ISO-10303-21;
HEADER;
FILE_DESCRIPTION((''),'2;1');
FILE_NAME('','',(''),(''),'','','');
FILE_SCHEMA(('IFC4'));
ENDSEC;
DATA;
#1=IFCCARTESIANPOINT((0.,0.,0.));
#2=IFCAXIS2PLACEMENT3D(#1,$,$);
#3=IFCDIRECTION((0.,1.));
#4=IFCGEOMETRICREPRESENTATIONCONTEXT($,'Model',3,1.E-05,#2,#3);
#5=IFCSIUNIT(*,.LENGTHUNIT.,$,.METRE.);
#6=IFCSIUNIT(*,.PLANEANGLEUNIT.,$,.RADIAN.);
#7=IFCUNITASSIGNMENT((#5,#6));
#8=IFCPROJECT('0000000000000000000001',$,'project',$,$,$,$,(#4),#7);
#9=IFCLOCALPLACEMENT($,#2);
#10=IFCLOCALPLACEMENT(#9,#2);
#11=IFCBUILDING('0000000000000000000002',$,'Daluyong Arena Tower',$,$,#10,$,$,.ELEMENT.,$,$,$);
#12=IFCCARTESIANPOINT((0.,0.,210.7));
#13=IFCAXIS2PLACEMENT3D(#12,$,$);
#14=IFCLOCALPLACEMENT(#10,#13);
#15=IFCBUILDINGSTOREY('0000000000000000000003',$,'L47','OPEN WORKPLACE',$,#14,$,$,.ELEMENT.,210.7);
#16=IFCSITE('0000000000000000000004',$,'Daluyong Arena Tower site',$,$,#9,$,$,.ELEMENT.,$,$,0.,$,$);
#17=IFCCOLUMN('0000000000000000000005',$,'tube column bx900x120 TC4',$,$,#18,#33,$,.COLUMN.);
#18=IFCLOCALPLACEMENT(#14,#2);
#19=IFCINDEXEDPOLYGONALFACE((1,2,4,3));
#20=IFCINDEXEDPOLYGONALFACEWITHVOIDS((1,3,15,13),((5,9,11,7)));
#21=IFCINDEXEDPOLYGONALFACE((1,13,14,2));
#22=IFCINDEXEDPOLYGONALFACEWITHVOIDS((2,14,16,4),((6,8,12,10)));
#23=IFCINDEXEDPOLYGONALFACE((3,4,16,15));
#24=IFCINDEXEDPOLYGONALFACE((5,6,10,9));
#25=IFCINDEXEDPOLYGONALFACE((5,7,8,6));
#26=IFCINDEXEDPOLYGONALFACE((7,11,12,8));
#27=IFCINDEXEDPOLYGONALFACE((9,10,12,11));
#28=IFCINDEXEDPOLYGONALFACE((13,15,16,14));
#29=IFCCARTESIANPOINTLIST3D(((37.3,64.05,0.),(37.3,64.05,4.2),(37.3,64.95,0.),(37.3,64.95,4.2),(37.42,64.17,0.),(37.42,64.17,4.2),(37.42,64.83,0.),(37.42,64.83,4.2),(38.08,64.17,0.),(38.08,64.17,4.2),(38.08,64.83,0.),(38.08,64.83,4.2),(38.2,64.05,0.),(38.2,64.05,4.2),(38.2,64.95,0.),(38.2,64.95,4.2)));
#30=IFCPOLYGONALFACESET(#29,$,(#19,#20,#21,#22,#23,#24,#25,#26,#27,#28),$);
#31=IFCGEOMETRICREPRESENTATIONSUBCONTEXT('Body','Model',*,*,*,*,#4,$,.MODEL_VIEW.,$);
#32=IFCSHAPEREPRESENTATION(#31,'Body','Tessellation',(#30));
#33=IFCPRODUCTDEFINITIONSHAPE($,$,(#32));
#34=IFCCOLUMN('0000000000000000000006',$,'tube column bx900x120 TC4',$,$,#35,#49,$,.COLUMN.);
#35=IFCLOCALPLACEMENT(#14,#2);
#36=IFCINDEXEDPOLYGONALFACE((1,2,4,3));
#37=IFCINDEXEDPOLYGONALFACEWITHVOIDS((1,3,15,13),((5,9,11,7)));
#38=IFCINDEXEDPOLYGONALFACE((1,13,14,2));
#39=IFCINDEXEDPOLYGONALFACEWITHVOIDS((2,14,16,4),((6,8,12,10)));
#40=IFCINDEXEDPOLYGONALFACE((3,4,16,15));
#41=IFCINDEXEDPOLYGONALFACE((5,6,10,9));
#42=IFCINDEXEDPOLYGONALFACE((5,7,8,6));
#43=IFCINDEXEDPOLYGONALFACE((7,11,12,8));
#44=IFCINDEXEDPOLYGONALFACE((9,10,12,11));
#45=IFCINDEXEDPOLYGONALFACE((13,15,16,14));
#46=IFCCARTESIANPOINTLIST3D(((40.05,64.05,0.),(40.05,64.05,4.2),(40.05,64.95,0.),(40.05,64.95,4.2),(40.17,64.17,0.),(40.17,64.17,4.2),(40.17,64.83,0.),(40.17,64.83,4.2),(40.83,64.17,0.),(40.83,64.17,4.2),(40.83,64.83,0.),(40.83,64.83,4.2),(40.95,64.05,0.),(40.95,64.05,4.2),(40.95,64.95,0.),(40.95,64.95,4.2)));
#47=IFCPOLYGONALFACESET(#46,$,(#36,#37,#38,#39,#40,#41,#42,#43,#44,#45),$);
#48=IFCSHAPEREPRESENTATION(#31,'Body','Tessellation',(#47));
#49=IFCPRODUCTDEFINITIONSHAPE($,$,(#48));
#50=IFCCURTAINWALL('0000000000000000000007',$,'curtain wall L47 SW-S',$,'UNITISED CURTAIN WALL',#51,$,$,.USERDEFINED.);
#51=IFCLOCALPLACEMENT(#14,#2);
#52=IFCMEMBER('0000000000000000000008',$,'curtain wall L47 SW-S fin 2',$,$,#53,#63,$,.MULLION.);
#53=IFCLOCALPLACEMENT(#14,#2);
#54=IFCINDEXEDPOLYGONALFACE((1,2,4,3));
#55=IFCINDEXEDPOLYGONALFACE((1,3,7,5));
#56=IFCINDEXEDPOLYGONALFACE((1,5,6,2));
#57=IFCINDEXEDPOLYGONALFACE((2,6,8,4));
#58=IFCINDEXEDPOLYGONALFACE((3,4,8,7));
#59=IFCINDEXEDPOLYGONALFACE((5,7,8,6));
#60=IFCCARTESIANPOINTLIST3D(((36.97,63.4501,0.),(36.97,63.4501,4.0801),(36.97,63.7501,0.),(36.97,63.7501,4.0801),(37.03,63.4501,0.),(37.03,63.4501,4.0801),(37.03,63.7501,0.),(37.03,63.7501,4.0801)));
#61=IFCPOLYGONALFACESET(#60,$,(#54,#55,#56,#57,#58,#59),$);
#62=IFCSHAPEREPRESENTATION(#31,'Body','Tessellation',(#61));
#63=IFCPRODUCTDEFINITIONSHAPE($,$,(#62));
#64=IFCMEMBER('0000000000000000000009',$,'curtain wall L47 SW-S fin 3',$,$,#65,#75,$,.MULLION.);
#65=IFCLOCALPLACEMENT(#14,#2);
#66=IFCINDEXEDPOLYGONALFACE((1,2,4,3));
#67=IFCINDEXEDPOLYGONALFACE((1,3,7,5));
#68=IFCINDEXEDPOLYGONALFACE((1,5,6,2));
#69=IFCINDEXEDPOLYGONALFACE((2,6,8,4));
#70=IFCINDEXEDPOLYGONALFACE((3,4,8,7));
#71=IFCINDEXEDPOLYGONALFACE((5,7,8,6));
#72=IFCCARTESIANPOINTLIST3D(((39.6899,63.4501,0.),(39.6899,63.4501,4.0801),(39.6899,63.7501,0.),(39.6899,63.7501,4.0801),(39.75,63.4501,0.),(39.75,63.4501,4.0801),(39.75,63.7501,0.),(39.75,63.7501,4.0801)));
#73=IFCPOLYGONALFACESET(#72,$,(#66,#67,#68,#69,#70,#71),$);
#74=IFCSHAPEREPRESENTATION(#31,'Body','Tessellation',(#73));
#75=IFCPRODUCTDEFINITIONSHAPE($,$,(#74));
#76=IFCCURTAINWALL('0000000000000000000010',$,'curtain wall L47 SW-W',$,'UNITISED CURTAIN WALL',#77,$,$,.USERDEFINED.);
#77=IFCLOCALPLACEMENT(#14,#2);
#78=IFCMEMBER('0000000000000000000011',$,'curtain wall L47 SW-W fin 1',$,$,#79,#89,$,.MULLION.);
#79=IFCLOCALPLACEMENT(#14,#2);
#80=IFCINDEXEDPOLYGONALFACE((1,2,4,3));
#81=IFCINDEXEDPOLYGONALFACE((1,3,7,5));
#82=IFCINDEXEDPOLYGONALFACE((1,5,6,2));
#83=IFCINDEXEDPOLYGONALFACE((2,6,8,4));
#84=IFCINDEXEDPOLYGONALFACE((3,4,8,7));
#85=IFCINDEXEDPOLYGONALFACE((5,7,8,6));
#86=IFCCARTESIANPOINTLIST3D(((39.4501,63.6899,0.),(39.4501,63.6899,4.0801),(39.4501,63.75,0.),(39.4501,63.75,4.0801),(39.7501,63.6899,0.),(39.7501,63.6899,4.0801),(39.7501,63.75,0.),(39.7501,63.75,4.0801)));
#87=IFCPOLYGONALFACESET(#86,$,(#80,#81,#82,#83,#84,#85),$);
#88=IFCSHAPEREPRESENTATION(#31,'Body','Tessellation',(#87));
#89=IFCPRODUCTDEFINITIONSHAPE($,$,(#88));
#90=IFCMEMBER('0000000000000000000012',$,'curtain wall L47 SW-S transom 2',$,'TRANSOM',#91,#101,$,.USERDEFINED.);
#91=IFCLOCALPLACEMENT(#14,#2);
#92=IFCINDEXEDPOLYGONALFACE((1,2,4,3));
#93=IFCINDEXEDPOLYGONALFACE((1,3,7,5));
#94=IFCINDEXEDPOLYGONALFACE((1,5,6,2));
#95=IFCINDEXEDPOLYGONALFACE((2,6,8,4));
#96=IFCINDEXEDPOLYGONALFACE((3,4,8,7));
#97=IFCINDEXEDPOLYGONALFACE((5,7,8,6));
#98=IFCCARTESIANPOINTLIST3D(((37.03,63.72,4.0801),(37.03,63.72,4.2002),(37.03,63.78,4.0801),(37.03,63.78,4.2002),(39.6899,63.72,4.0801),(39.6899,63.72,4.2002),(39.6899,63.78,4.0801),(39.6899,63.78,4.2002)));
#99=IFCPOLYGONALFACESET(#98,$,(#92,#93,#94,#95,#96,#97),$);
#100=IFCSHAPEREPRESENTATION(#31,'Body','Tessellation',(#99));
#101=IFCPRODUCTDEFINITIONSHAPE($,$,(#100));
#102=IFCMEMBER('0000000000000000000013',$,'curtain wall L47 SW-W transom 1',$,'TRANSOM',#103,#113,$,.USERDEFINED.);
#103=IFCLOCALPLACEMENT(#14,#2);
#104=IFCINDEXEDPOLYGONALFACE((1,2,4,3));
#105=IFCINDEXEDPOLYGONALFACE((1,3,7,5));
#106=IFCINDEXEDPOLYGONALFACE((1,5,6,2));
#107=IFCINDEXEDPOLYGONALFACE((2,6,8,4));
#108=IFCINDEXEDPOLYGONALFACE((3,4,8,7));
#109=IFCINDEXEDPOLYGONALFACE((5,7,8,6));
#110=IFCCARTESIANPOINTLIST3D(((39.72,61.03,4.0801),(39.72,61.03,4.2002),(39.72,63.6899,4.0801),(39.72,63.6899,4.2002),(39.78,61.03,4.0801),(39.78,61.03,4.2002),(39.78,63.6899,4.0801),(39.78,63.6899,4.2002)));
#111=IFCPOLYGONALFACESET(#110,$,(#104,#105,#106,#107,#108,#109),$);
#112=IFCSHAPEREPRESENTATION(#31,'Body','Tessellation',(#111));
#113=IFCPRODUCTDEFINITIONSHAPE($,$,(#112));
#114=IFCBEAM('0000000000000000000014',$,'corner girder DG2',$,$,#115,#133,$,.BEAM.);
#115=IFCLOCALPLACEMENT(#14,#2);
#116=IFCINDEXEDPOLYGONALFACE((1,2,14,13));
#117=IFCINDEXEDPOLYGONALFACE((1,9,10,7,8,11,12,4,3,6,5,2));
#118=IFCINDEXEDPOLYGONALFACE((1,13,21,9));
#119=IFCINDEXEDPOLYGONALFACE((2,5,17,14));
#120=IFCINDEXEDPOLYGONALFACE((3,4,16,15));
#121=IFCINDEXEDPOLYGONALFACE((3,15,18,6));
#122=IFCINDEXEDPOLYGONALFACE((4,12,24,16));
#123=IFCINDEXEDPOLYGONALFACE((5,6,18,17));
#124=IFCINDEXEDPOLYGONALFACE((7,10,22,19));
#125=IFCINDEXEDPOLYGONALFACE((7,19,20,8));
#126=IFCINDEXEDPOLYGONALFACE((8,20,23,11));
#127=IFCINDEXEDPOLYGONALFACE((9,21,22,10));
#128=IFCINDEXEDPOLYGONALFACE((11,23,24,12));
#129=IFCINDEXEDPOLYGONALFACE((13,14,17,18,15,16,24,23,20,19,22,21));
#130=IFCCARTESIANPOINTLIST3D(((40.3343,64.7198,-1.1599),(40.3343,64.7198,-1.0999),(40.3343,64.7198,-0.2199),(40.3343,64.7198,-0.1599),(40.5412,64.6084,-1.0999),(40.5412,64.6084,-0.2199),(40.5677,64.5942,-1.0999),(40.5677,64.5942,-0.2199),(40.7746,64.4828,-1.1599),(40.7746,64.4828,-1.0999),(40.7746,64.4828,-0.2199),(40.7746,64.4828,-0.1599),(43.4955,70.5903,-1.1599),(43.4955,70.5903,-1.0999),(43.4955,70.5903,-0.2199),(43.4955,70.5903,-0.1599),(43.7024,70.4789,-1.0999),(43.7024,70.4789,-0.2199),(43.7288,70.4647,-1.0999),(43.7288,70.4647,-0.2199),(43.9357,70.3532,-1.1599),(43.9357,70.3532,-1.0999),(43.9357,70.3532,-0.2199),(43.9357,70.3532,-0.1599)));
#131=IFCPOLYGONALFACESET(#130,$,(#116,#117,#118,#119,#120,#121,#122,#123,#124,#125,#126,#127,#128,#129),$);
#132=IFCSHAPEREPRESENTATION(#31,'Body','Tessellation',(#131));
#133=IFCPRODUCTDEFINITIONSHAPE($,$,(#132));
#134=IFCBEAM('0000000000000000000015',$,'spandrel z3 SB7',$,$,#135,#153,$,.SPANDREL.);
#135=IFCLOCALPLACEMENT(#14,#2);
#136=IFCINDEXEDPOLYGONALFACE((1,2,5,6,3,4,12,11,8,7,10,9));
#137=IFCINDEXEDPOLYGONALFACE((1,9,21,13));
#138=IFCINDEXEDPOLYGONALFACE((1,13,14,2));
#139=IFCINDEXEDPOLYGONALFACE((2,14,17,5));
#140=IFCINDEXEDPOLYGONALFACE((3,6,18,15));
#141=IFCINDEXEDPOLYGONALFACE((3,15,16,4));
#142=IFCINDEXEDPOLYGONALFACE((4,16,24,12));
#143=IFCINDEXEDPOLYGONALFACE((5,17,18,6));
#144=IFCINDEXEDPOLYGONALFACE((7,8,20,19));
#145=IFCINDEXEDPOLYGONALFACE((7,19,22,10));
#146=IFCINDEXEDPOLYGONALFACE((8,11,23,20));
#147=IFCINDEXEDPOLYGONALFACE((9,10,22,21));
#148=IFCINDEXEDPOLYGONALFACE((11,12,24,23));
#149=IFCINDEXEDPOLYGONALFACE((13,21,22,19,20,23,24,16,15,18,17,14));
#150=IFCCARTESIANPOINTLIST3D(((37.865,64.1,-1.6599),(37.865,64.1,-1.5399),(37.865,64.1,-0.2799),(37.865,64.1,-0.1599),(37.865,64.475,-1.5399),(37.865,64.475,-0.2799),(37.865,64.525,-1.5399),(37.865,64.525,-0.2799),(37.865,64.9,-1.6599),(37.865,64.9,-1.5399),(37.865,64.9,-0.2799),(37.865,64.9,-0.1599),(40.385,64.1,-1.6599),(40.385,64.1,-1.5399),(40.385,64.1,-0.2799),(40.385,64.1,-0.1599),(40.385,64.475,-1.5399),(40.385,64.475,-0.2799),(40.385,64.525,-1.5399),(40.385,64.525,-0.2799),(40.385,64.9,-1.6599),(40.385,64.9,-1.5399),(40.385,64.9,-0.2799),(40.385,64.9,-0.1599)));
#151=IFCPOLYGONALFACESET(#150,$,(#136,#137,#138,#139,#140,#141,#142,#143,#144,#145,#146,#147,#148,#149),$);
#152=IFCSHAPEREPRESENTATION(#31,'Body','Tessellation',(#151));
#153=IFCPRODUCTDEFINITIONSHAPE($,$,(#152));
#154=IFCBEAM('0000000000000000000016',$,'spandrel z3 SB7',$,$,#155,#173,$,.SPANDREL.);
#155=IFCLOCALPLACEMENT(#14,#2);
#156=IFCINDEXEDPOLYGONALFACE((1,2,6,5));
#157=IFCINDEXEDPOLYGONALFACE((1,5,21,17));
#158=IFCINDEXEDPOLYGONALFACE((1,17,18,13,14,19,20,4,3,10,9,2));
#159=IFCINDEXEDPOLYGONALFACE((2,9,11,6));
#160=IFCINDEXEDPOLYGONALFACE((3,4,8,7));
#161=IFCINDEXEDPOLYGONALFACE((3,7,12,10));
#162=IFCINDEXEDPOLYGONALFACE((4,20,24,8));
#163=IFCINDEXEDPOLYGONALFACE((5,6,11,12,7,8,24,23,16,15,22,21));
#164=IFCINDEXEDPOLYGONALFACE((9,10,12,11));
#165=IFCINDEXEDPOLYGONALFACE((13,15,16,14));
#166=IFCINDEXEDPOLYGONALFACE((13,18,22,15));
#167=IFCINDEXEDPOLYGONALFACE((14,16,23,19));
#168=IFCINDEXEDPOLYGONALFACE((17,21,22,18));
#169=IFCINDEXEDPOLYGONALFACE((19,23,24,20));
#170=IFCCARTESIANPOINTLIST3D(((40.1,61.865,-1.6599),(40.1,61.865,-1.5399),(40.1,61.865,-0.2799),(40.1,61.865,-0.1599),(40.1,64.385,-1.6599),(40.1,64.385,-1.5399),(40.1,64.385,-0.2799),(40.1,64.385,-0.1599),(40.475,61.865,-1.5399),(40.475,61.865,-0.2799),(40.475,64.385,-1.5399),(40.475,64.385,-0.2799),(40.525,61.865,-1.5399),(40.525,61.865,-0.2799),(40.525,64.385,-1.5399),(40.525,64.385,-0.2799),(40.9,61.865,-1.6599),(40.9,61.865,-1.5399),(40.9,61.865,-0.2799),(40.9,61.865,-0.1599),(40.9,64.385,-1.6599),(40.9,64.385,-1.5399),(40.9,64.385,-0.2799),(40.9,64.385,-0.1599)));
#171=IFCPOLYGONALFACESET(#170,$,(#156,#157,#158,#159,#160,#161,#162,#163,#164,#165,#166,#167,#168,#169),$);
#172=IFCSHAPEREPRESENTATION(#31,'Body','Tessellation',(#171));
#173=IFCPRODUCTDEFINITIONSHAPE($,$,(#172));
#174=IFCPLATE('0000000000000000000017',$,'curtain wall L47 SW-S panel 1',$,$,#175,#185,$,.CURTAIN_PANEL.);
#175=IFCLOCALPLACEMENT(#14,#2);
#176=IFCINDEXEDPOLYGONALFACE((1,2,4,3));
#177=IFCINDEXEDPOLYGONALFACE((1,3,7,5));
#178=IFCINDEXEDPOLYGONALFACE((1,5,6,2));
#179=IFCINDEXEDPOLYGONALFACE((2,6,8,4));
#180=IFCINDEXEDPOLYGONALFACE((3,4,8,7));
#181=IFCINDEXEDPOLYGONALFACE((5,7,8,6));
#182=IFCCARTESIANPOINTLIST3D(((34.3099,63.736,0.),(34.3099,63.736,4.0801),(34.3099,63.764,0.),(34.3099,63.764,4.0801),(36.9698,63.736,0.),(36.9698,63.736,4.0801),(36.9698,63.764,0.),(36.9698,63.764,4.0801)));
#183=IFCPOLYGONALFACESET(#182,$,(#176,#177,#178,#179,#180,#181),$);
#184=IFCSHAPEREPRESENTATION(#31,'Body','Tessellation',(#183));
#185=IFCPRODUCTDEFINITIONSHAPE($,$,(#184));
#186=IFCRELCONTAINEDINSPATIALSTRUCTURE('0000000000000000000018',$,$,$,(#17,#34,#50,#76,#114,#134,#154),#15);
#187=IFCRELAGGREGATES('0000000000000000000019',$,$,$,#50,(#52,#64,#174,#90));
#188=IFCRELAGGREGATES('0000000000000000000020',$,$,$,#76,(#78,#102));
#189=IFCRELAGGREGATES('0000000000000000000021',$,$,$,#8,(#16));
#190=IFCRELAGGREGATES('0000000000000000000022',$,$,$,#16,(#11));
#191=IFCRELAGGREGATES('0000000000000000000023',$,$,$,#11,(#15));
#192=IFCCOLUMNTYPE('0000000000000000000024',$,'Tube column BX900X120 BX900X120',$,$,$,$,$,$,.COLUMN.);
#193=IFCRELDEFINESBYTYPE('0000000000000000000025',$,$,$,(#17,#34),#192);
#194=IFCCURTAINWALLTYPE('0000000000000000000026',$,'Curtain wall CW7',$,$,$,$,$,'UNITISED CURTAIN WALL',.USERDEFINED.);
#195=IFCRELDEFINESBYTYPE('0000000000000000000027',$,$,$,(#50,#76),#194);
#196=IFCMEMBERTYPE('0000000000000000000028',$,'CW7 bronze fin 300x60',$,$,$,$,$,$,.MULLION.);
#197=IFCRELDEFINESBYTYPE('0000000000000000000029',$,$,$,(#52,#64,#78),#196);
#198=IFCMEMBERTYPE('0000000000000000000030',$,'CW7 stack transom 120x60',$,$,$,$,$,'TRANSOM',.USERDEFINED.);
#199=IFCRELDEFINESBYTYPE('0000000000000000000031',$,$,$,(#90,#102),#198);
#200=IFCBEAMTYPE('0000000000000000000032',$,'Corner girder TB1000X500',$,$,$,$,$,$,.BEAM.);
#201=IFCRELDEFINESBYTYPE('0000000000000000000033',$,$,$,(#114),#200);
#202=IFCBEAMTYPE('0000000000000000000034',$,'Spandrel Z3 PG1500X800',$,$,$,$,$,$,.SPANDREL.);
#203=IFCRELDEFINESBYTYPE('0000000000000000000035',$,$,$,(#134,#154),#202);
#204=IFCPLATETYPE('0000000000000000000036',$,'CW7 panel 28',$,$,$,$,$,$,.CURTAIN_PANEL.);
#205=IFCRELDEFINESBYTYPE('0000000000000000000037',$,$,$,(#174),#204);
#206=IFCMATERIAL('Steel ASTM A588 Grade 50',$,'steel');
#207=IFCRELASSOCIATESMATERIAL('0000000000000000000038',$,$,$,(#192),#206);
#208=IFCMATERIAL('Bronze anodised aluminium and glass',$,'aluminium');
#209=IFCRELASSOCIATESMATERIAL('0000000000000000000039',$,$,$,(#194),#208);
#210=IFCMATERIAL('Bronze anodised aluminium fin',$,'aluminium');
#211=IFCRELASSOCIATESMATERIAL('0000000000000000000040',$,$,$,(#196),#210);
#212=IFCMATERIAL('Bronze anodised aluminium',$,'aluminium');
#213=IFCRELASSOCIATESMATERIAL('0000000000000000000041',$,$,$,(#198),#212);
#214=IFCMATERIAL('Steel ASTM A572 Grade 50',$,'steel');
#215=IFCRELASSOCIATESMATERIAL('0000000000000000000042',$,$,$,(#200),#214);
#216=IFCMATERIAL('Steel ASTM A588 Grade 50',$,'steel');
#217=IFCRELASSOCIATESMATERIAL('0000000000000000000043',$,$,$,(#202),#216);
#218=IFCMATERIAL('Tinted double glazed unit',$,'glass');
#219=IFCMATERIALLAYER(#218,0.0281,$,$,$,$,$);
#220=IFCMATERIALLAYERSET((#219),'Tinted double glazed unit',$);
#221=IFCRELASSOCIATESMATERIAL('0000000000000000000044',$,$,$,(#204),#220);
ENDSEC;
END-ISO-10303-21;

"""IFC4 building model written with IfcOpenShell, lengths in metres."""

from ifc_helpers import new_model, si_unit, direction, frame, origin, origin_2d, place, context, subcontext, project, spatial, rectangle, hollow_rectangle, i_section, extrude, material, layer, layer_set, material_profile, profile_set, type_object, element, aggregate, save


model = new_model("IFC4")

# Units and contexts
model_context = context("Model", 3, precision=1e-05, world=origin(), true_north=direction((0.0, 1.0)))
body_context = subcontext(model_context, "Body", "Model", "MODEL_VIEW")
ifc_project = project(units=[si_unit("LENGTHUNIT", "METRE"), si_unit("PLANEANGLEUNIT", "RADIAN")], contexts=[model_context])

# Site, building, storey
site_placement = place(None, origin())
site = spatial("IfcSite", under=ifc_project, at=site_placement, Name="Daluyong Arena Tower site", CompositionType="ELEMENT", RefElevation=0.0)
building_placement = place(site_placement, origin())
building = spatial("IfcBuilding", under=site, at=building_placement, Name="Daluyong Arena Tower", CompositionType="ELEMENT")
storey_placement = place(building_placement, frame((0.0, 0.0, 210.7)))
storey = spatial("IfcBuildingStorey", under=building, at=storey_placement, Name="L47", Description="OPEN WORKPLACE", CompositionType="ELEMENT", Elevation=210.7)

# Columns
ifc_material_1 = material(Name="Steel ASTM A588 Grade 50", Category="steel")
ifc_material_profile_1 = material_profile(ifc_material_1, hollow_rectangle(XDim=0.8999, YDim=0.8999, WallThickness=0.12, at=origin_2d()))
ifc_profile_set_1 = profile_set([ifc_material_profile_1], Name="Steel ASTM A588 Grade 50")
column_type = type_object("IfcColumnType", Name="Tube column BX900X120 BX900X120", PredefinedType="COLUMN", material=ifc_profile_set_1)
for number, where, z_axis, x_axis, name in (
    (1, (37.75, 64.5, 0.0), (0.0, 0.0, 1.0), (1.0, 0.0, 0.0), "tube column bx900x120 TC4"),
    (2, (40.5, 64.5, 0.0), (0.0, 0.0, 1.0), (0.0, 1.0, 0.0), "tube column bx900x120 TC4"),
):
    element("IfcColumn", number, at=place(storey_placement, frame(where, z_axis=z_axis, x_axis=x_axis)), inside=storey, type_object=column_type, Name=name, PredefinedType="COLUMN", context=body_context, shape_type="SweptSolid", body=[
        extrude(hollow_rectangle(XDim=0.8999, YDim=0.8999, WallThickness=0.12, at=origin_2d()), origin(), (0.0, 0.0, 1.0), 4.2),
    ])

# Curtain wall, members
ifc_material_2 = material(Name="Bronze anodised aluminium and glass", Category="aluminium")
curtain_wall_type = type_object("IfcCurtainWallType", Name="Curtain wall CW7", ElementType="UNITISED CURTAIN WALL", PredefinedType="USERDEFINED", material=ifc_material_2)
curtain_wall_1_placement = place(storey_placement, origin())
curtain_wall_1 = element("IfcCurtainWall", 3, at=curtain_wall_1_placement, inside=storey, type_object=curtain_wall_type, Name="curtain wall L47 SW-S", ObjectType="UNITISED CURTAIN WALL", PredefinedType="USERDEFINED")
ifc_material_3 = material(Name="Bronze anodised aluminium fin", Category="aluminium")
ifc_material_profile_2 = material_profile(ifc_material_3, rectangle(XDim=0.3, YDim=0.0601, at=origin_2d()))
ifc_profile_set_2 = profile_set([ifc_material_profile_2], Name="Bronze anodised aluminium fin")
member_type_1 = type_object("IfcMemberType", Name="CW7 bronze fin 300x60", PredefinedType="MULLION", material=ifc_profile_set_2)
member_1_placement = place(storey_placement, frame((37.0, 63.6001, 0.0), z_axis=(0.0, 0.0, 1.0), x_axis=(0.0, 1.0, 0.0)))
member_1 = element("IfcMember", 4, at=member_1_placement, type_object=member_type_1, Name="curtain wall L47 SW-S fin 2", PredefinedType="MULLION", context=body_context, shape_type="SweptSolid", body=[
    extrude(rectangle(XDim=0.3, YDim=0.0601, at=origin_2d()), origin(), (0.0, 0.0, 1.0), 4.0801),
])
member_2_placement = place(storey_placement, frame((39.72, 63.6001, 0.0), z_axis=(0.0, 0.0, 1.0), x_axis=(0.0, 1.0, 0.0)))
member_2 = element("IfcMember", 5, at=member_2_placement, type_object=member_type_1, Name="curtain wall L47 SW-S fin 3", PredefinedType="MULLION", context=body_context, shape_type="SweptSolid", body=[
    extrude(rectangle(XDim=0.3, YDim=0.0601, at=origin_2d()), origin(), (0.0, 0.0, 1.0), 4.0801),
])

# Curtain wall, member
curtain_wall_2_placement = place(storey_placement, origin())
curtain_wall_2 = element("IfcCurtainWall", 6, at=curtain_wall_2_placement, inside=storey, type_object=curtain_wall_type, Name="curtain wall L47 SW-W", ObjectType="UNITISED CURTAIN WALL", PredefinedType="USERDEFINED")
member_3_placement = place(storey_placement, frame((39.6001, 63.72, 0.0), z_axis=(0.0, 0.0, 1.0), x_axis=(1.0, 0.0, 0.0)))
member_3 = element("IfcMember", 7, at=member_3_placement, type_object=member_type_1, Name="curtain wall L47 SW-W fin 1", PredefinedType="MULLION", context=body_context, shape_type="SweptSolid", body=[
    extrude(rectangle(XDim=0.3, YDim=0.0601, at=origin_2d()), origin(), (0.0, 0.0, 1.0), 4.0801),
])

# Members
ifc_material_4 = material(Name="Bronze anodised aluminium", Category="aluminium")
ifc_material_profile_3 = material_profile(ifc_material_4, rectangle(XDim=0.0601, YDim=0.1201, at=origin_2d()))
ifc_profile_set_3 = profile_set([ifc_material_profile_3], Name="Bronze anodised aluminium")
member_type_2 = type_object("IfcMemberType", Name="CW7 stack transom 120x60", ElementType="TRANSOM", PredefinedType="USERDEFINED", material=ifc_profile_set_3)
member_4_placement = place(storey_placement, frame((37.03, 63.75, 4.1401), z_axis=(1.0, 0.0, 0.0), x_axis=(0.0, 1.0, 0.0)))
member_4 = element("IfcMember", 8, at=member_4_placement, type_object=member_type_2, Name="curtain wall L47 SW-S transom 2", ObjectType="TRANSOM", PredefinedType="USERDEFINED", context=body_context, shape_type="SweptSolid", body=[
    extrude(rectangle(XDim=0.0601, YDim=0.1201, at=origin_2d()), origin(), (0.0, 0.0, 1.0), 2.6599),
])
member_5_placement = place(storey_placement, frame((39.75, 63.6899, 4.1401), z_axis=(0.0, -1.0, 0.0), x_axis=(1.0, 0.0, 0.0)))
member_5 = element("IfcMember", 9, at=member_5_placement, type_object=member_type_2, Name="curtain wall L47 SW-W transom 1", ObjectType="TRANSOM", PredefinedType="USERDEFINED", context=body_context, shape_type="SweptSolid", body=[
    extrude(rectangle(XDim=0.0601, YDim=0.1201, at=origin_2d()), origin(), (0.0, 0.0, 1.0), 2.6599),
])

# Beams
ifc_material_5 = material(Name="Steel ASTM A572 Grade 50", Category="steel")
ifc_material_profile_4 = material_profile(ifc_material_5, i_section(OverallWidth=0.5, OverallDepth=1.0, WebThickness=0.03, FlangeThickness=0.06, at=origin_2d()))
ifc_profile_set_4 = profile_set([ifc_material_profile_4], Name="Steel ASTM A572 Grade 50")
beam_type_1 = type_object("IfcBeamType", Name="Corner girder TB1000X500", PredefinedType="BEAM", material=ifc_profile_set_4)
beam_placement = place(storey_placement, frame((40.5544, 64.6013, -0.6599), z_axis=(0.474119, 0.880461, 0.0), x_axis=(-0.880461, 0.474119, 0.0)))
element("IfcBeam", 10, at=beam_placement, inside=storey, type_object=beam_type_1, Name="corner girder DG2", PredefinedType="BEAM", context=body_context, shape_type="SweptSolid", body=[
    extrude(i_section(OverallWidth=0.5, OverallDepth=1.0, WebThickness=0.03, FlangeThickness=0.06, at=origin_2d()), origin(), (0.0, 0.0, 1.0), 6.6675),
])
ifc_material_6 = material(Name="Steel ASTM A588 Grade 50", Category="steel")
ifc_material_profile_5 = material_profile(ifc_material_6, i_section(OverallWidth=0.8, OverallDepth=1.5, WebThickness=0.05, FlangeThickness=0.12, at=origin_2d()))
ifc_profile_set_5 = profile_set([ifc_material_profile_5], Name="Steel ASTM A588 Grade 50")
beam_type_2 = type_object("IfcBeamType", Name="Spandrel Z3 PG1500X800", PredefinedType="SPANDREL", material=ifc_profile_set_5)
for number, where, z_axis, x_axis, name in (
    (11, (37.865, 64.5, -0.9099), (1.0, 0.0, 0.0), (0.0, 1.0, 0.0), "spandrel z3 SB7"),
    (12, (40.5, 64.385, -0.9099), (0.0, -1.0, 0.0), (1.0, 0.0, 0.0), "spandrel z3 SB7"),
):
    element("IfcBeam", number, at=place(storey_placement, frame(where, z_axis=z_axis, x_axis=x_axis)), inside=storey, type_object=beam_type_2, Name=name, PredefinedType="SPANDREL", context=body_context, shape_type="SweptSolid", body=[
        extrude(i_section(OverallWidth=0.8, OverallDepth=1.5, WebThickness=0.05, FlangeThickness=0.12, at=origin_2d()), origin(), (0.0, 0.0, 1.0), 2.52),
    ])

# Plate
ifc_material_7 = material(Name="Tinted double glazed unit", Category="glass")
ifc_layer_1 = layer(ifc_material_7, 0.0281)
ifc_layer_set_1 = layer_set([ifc_layer_1], Name="Tinted double glazed unit")
plate_type = type_object("IfcPlateType", Name="CW7 panel 28", PredefinedType="CURTAIN_PANEL", material=ifc_layer_set_1)
plate_1_placement = place(storey_placement, frame((35.6399, 63.75, 0.0), z_axis=(0.0, 0.0, 1.0), x_axis=(1.0, 0.0, 0.0)))
plate_1 = element("IfcPlate", 13, at=plate_1_placement, type_object=plate_type, Name="curtain wall L47 SW-S panel 1", PredefinedType="CURTAIN_PANEL", context=body_context, shape_type="SweptSolid", body=[
    extrude(rectangle(XDim=2.6599, YDim=0.0281, at=origin_2d()), origin(), (0.0, 0.0, 1.0), 4.0801),
])
aggregate(curtain_wall_1, [member_1, member_2, plate_1, member_4])
aggregate(curtain_wall_2, [member_3, member_5])

save(model, "model.ifc")
